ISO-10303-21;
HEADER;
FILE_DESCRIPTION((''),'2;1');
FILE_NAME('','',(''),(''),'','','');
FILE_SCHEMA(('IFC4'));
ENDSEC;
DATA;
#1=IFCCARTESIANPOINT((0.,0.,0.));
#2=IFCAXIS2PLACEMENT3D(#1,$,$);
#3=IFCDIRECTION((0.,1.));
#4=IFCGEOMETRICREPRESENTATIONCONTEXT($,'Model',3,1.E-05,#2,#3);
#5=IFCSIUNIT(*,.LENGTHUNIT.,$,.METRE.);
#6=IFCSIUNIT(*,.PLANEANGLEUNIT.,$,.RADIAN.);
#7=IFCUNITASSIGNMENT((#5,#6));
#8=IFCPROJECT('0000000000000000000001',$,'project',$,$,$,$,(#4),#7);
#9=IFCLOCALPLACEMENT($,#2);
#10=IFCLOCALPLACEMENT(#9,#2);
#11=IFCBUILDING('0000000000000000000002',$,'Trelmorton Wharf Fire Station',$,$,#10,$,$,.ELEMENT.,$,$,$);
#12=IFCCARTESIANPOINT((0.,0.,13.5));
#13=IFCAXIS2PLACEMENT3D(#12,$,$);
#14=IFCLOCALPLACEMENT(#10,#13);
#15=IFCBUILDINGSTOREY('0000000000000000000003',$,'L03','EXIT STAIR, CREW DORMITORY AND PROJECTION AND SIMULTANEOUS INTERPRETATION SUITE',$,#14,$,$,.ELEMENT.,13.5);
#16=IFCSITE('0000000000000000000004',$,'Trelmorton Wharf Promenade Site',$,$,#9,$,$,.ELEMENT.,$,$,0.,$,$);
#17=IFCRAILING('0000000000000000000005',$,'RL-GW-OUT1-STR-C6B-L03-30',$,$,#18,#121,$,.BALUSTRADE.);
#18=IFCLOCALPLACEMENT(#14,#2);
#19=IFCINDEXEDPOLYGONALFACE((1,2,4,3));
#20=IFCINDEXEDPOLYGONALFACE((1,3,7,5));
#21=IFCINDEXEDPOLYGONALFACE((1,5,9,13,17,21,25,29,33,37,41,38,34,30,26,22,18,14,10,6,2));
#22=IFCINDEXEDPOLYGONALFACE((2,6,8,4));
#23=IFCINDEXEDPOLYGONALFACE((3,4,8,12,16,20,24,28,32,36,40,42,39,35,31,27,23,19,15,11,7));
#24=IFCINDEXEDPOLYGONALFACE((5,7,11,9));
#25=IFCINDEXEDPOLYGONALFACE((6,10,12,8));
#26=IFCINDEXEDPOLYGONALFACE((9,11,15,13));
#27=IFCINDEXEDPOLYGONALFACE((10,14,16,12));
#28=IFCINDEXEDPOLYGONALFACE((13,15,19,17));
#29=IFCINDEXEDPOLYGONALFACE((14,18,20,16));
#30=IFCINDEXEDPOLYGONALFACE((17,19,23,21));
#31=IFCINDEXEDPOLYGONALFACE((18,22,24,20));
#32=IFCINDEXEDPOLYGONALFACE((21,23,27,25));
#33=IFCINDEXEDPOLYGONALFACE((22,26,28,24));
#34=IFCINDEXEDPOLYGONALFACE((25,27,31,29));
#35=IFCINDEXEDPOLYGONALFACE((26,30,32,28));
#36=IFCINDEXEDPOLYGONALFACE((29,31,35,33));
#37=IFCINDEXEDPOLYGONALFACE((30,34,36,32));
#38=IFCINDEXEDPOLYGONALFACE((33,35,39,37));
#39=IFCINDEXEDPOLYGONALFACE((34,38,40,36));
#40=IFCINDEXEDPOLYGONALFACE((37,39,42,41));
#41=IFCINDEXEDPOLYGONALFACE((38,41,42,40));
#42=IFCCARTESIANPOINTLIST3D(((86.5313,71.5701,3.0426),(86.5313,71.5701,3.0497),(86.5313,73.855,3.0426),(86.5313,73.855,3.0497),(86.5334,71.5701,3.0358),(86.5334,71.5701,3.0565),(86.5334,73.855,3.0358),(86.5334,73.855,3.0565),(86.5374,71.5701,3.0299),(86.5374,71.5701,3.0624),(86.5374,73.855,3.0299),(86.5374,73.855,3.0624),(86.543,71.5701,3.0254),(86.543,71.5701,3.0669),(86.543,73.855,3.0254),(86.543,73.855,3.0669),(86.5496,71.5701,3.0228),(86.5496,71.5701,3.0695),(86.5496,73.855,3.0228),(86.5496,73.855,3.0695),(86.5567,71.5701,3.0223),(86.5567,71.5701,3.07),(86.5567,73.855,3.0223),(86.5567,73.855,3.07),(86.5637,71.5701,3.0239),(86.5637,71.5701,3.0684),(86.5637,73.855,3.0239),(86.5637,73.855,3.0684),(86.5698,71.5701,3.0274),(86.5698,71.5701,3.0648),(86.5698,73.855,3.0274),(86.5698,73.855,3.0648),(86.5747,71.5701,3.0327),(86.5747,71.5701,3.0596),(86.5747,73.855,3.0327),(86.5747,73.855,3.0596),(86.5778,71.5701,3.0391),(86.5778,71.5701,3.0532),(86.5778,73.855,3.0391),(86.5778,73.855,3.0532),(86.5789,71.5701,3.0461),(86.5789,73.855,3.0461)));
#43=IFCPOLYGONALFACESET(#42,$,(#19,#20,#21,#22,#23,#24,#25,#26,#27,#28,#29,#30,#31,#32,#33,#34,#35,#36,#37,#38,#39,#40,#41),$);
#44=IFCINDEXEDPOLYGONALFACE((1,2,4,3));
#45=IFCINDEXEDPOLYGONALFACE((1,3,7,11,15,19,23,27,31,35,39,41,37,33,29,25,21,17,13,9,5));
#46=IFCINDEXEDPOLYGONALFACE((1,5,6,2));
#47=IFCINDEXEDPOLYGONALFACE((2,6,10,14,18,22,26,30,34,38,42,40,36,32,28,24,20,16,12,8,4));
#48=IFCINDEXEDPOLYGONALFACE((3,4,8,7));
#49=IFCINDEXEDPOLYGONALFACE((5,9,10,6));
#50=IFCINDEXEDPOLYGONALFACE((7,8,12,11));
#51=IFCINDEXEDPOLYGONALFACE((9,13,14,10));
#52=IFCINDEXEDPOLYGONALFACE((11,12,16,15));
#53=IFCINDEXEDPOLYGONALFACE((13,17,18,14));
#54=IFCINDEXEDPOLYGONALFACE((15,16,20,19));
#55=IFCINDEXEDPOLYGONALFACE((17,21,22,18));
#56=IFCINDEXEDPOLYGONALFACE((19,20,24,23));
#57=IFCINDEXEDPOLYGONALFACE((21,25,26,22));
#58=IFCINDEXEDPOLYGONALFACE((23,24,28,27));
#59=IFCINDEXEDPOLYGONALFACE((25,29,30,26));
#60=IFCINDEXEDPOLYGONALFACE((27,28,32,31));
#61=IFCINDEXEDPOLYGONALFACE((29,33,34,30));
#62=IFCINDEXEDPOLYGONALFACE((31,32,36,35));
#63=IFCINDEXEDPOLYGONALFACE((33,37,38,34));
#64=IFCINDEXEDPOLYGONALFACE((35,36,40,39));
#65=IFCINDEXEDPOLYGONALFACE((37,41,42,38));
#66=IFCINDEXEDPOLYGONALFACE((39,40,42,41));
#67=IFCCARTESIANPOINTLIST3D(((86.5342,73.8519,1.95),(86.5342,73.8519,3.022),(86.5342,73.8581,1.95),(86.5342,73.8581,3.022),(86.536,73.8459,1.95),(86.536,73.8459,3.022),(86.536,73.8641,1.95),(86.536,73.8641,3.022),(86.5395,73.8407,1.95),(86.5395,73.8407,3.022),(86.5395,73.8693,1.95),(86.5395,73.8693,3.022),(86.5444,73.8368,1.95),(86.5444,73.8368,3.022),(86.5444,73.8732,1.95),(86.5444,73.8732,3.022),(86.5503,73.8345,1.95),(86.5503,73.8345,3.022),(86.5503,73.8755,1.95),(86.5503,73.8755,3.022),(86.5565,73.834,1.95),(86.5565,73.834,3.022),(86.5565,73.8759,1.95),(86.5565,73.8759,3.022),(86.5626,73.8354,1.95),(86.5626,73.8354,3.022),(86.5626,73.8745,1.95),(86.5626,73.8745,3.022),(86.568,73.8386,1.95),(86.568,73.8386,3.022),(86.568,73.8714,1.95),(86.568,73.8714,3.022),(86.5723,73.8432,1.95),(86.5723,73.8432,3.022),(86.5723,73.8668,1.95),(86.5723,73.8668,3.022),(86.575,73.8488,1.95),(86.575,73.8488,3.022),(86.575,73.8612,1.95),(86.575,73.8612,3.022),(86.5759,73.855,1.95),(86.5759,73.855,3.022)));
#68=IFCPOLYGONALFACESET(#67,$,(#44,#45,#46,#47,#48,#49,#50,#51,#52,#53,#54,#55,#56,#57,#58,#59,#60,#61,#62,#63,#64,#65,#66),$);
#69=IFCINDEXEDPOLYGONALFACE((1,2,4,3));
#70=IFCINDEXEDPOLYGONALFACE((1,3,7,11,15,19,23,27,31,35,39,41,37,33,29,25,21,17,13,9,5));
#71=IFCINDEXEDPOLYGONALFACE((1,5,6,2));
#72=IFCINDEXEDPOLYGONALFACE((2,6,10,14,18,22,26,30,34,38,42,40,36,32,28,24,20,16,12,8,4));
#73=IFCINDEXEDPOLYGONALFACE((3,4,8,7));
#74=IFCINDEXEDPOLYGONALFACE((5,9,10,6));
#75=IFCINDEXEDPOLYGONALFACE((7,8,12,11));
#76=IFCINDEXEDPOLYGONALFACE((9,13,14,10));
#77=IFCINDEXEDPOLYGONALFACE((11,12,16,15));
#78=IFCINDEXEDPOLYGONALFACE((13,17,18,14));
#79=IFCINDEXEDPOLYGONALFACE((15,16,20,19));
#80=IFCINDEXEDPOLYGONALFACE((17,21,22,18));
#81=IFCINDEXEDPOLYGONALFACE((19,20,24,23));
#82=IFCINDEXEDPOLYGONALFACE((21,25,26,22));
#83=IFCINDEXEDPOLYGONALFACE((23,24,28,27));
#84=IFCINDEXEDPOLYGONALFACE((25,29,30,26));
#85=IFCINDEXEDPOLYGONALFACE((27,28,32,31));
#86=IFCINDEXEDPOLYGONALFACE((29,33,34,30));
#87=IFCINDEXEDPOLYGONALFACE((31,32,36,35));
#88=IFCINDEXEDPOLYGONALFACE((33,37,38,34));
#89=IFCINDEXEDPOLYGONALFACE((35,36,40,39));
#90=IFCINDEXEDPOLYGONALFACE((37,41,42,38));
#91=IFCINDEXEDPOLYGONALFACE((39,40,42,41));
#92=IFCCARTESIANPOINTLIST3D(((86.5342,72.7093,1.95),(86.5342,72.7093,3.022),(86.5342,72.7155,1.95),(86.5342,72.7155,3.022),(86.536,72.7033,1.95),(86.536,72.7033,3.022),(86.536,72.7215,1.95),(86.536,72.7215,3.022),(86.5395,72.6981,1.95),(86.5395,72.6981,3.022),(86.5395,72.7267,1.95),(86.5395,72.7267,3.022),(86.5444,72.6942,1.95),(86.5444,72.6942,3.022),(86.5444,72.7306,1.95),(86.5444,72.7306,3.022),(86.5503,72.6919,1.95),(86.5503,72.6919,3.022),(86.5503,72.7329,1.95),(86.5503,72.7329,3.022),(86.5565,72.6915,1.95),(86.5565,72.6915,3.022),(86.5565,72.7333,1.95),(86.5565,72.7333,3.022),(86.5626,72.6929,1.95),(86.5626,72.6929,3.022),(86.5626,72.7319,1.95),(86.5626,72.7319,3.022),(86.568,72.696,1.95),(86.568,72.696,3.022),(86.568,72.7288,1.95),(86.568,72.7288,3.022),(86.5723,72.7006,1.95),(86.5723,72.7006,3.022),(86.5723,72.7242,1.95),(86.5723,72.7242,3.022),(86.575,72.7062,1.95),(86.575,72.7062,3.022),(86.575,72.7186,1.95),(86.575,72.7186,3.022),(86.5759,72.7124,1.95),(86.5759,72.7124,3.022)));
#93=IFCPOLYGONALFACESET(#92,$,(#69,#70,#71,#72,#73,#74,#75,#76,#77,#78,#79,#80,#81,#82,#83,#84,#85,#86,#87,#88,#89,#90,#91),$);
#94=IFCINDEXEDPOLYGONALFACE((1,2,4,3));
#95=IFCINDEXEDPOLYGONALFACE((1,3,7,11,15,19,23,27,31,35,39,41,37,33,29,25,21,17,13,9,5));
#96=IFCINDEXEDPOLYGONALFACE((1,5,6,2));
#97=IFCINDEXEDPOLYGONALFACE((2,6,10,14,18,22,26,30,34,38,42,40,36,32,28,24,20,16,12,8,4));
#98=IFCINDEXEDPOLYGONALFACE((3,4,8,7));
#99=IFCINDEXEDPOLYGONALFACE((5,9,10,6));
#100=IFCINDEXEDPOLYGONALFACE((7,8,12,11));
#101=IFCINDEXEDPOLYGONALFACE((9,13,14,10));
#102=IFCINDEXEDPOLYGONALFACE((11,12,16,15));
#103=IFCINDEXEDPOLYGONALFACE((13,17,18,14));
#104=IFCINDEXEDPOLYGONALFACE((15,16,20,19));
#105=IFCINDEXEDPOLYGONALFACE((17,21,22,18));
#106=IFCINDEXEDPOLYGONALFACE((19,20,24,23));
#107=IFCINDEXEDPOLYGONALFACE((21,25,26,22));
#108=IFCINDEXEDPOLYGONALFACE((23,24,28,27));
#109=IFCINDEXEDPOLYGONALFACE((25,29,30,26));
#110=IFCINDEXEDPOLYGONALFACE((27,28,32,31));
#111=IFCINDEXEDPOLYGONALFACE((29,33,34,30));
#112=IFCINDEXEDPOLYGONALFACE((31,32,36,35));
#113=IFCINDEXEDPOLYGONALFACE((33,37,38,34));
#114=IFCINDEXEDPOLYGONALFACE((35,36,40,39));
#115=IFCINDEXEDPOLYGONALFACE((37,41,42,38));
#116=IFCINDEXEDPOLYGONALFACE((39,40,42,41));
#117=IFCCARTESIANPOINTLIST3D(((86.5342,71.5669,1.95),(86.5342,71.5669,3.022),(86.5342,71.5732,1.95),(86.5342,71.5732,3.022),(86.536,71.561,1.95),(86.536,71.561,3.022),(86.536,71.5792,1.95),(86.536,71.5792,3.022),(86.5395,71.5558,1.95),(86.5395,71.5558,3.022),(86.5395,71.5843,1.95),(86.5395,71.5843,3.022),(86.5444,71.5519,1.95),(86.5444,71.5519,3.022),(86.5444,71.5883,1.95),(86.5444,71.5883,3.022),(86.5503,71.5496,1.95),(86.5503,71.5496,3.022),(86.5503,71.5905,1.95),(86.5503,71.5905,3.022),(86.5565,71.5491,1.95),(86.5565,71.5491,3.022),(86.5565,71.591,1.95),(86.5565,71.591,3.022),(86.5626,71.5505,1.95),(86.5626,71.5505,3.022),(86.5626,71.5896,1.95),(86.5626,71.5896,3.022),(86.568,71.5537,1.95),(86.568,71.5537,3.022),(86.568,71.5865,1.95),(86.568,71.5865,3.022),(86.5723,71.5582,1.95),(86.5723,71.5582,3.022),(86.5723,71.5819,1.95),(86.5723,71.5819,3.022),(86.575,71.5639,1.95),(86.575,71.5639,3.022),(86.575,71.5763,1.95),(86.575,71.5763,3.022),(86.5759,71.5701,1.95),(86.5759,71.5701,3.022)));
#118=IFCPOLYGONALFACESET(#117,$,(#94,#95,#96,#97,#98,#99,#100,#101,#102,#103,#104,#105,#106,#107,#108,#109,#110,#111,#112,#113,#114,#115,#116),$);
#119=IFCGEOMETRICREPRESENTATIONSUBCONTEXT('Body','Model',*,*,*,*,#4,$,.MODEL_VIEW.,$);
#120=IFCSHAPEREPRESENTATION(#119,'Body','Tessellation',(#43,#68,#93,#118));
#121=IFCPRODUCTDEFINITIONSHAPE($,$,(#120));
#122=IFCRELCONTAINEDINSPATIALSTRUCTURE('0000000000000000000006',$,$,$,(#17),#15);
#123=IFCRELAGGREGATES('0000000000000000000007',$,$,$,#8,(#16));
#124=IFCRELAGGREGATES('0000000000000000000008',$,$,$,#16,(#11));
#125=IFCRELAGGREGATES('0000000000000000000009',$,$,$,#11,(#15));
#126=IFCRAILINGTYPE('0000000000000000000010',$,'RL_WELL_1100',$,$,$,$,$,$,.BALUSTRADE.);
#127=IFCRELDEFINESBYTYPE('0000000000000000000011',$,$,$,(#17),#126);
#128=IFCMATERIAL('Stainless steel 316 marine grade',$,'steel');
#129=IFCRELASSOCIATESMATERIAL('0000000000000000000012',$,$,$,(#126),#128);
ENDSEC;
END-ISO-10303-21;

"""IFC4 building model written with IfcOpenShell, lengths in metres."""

from ifc_helpers import new_model, si_unit, direction, frame, origin, origin_2d, place, context, subcontext, project, spatial, circle, extrude, material, type_object, element, save


model = new_model("IFC4")

# Units and contexts
model_context = context("Model", 3, precision=1e-05, world=origin(), true_north=direction((0.0, 1.0)))
body_context = subcontext(model_context, "Body", "Model", "MODEL_VIEW")
ifc_project = project(units=[si_unit("LENGTHUNIT", "METRE"), si_unit("PLANEANGLEUNIT", "RADIAN")], contexts=[model_context])

# Site, building, storey
site_placement = place(None, origin())
site = spatial("IfcSite", under=ifc_project, at=site_placement, Name="Trelmorton Wharf Promenade Site", CompositionType="ELEMENT", RefElevation=0.0)
building_placement = place(site_placement, origin())
building = spatial("IfcBuilding", under=site, at=building_placement, Name="Trelmorton Wharf Fire Station", CompositionType="ELEMENT")
storey_placement = place(building_placement, frame((0.0, 0.0, 13.5)))
storey = spatial("IfcBuildingStorey", under=building, at=storey_placement, Name="L03", Description="EXIT STAIR, CREW DORMITORY AND PROJECTION AND SIMULTANEOUS INTERPRETATION SUITE", CompositionType="ELEMENT", Elevation=13.5)

# Railing
ifc_material_1 = material(Name="Stainless steel 316 marine grade", Category="steel")
railing_type_1 = type_object("IfcRailingType", Name="RL_WELL_1100", PredefinedType="BALUSTRADE", material=ifc_material_1)
railing_1_placement = place(storey_placement, frame((86.5549, 73.855, 1.95)))
element("IfcRailing", 1, at=railing_1_placement, inside=storey, type_object=railing_type_1, Name="RL-GW-OUT1-STR-C6B-L03-30", PredefinedType="BALUSTRADE", context=body_context, shape_type="SweptSolid", body=[
    extrude(circle(Radius=0.0239, at=origin_2d()), frame((0.0, 0.0, 1.0962), z_axis=(0.0, -1.0, 0.0), x_axis=(1.0, 0.0, 0.0)), (0.0, 0.0, 1.0), 2.2849),
    extrude(circle(Radius=0.021, at=origin_2d()), origin(), (0.0, 0.0, 1.0), 1.072),
    extrude(circle(Radius=0.021, at=origin_2d()), frame((0.0, -1.1426, 0.0)), (0.0, 0.0, 1.0), 1.072),
    extrude(circle(Radius=0.021, at=origin_2d()), frame((0.0, -2.2849, 0.0)), (0.0, 0.0, 1.0), 1.072),
])

save(model, "model.ifc")
